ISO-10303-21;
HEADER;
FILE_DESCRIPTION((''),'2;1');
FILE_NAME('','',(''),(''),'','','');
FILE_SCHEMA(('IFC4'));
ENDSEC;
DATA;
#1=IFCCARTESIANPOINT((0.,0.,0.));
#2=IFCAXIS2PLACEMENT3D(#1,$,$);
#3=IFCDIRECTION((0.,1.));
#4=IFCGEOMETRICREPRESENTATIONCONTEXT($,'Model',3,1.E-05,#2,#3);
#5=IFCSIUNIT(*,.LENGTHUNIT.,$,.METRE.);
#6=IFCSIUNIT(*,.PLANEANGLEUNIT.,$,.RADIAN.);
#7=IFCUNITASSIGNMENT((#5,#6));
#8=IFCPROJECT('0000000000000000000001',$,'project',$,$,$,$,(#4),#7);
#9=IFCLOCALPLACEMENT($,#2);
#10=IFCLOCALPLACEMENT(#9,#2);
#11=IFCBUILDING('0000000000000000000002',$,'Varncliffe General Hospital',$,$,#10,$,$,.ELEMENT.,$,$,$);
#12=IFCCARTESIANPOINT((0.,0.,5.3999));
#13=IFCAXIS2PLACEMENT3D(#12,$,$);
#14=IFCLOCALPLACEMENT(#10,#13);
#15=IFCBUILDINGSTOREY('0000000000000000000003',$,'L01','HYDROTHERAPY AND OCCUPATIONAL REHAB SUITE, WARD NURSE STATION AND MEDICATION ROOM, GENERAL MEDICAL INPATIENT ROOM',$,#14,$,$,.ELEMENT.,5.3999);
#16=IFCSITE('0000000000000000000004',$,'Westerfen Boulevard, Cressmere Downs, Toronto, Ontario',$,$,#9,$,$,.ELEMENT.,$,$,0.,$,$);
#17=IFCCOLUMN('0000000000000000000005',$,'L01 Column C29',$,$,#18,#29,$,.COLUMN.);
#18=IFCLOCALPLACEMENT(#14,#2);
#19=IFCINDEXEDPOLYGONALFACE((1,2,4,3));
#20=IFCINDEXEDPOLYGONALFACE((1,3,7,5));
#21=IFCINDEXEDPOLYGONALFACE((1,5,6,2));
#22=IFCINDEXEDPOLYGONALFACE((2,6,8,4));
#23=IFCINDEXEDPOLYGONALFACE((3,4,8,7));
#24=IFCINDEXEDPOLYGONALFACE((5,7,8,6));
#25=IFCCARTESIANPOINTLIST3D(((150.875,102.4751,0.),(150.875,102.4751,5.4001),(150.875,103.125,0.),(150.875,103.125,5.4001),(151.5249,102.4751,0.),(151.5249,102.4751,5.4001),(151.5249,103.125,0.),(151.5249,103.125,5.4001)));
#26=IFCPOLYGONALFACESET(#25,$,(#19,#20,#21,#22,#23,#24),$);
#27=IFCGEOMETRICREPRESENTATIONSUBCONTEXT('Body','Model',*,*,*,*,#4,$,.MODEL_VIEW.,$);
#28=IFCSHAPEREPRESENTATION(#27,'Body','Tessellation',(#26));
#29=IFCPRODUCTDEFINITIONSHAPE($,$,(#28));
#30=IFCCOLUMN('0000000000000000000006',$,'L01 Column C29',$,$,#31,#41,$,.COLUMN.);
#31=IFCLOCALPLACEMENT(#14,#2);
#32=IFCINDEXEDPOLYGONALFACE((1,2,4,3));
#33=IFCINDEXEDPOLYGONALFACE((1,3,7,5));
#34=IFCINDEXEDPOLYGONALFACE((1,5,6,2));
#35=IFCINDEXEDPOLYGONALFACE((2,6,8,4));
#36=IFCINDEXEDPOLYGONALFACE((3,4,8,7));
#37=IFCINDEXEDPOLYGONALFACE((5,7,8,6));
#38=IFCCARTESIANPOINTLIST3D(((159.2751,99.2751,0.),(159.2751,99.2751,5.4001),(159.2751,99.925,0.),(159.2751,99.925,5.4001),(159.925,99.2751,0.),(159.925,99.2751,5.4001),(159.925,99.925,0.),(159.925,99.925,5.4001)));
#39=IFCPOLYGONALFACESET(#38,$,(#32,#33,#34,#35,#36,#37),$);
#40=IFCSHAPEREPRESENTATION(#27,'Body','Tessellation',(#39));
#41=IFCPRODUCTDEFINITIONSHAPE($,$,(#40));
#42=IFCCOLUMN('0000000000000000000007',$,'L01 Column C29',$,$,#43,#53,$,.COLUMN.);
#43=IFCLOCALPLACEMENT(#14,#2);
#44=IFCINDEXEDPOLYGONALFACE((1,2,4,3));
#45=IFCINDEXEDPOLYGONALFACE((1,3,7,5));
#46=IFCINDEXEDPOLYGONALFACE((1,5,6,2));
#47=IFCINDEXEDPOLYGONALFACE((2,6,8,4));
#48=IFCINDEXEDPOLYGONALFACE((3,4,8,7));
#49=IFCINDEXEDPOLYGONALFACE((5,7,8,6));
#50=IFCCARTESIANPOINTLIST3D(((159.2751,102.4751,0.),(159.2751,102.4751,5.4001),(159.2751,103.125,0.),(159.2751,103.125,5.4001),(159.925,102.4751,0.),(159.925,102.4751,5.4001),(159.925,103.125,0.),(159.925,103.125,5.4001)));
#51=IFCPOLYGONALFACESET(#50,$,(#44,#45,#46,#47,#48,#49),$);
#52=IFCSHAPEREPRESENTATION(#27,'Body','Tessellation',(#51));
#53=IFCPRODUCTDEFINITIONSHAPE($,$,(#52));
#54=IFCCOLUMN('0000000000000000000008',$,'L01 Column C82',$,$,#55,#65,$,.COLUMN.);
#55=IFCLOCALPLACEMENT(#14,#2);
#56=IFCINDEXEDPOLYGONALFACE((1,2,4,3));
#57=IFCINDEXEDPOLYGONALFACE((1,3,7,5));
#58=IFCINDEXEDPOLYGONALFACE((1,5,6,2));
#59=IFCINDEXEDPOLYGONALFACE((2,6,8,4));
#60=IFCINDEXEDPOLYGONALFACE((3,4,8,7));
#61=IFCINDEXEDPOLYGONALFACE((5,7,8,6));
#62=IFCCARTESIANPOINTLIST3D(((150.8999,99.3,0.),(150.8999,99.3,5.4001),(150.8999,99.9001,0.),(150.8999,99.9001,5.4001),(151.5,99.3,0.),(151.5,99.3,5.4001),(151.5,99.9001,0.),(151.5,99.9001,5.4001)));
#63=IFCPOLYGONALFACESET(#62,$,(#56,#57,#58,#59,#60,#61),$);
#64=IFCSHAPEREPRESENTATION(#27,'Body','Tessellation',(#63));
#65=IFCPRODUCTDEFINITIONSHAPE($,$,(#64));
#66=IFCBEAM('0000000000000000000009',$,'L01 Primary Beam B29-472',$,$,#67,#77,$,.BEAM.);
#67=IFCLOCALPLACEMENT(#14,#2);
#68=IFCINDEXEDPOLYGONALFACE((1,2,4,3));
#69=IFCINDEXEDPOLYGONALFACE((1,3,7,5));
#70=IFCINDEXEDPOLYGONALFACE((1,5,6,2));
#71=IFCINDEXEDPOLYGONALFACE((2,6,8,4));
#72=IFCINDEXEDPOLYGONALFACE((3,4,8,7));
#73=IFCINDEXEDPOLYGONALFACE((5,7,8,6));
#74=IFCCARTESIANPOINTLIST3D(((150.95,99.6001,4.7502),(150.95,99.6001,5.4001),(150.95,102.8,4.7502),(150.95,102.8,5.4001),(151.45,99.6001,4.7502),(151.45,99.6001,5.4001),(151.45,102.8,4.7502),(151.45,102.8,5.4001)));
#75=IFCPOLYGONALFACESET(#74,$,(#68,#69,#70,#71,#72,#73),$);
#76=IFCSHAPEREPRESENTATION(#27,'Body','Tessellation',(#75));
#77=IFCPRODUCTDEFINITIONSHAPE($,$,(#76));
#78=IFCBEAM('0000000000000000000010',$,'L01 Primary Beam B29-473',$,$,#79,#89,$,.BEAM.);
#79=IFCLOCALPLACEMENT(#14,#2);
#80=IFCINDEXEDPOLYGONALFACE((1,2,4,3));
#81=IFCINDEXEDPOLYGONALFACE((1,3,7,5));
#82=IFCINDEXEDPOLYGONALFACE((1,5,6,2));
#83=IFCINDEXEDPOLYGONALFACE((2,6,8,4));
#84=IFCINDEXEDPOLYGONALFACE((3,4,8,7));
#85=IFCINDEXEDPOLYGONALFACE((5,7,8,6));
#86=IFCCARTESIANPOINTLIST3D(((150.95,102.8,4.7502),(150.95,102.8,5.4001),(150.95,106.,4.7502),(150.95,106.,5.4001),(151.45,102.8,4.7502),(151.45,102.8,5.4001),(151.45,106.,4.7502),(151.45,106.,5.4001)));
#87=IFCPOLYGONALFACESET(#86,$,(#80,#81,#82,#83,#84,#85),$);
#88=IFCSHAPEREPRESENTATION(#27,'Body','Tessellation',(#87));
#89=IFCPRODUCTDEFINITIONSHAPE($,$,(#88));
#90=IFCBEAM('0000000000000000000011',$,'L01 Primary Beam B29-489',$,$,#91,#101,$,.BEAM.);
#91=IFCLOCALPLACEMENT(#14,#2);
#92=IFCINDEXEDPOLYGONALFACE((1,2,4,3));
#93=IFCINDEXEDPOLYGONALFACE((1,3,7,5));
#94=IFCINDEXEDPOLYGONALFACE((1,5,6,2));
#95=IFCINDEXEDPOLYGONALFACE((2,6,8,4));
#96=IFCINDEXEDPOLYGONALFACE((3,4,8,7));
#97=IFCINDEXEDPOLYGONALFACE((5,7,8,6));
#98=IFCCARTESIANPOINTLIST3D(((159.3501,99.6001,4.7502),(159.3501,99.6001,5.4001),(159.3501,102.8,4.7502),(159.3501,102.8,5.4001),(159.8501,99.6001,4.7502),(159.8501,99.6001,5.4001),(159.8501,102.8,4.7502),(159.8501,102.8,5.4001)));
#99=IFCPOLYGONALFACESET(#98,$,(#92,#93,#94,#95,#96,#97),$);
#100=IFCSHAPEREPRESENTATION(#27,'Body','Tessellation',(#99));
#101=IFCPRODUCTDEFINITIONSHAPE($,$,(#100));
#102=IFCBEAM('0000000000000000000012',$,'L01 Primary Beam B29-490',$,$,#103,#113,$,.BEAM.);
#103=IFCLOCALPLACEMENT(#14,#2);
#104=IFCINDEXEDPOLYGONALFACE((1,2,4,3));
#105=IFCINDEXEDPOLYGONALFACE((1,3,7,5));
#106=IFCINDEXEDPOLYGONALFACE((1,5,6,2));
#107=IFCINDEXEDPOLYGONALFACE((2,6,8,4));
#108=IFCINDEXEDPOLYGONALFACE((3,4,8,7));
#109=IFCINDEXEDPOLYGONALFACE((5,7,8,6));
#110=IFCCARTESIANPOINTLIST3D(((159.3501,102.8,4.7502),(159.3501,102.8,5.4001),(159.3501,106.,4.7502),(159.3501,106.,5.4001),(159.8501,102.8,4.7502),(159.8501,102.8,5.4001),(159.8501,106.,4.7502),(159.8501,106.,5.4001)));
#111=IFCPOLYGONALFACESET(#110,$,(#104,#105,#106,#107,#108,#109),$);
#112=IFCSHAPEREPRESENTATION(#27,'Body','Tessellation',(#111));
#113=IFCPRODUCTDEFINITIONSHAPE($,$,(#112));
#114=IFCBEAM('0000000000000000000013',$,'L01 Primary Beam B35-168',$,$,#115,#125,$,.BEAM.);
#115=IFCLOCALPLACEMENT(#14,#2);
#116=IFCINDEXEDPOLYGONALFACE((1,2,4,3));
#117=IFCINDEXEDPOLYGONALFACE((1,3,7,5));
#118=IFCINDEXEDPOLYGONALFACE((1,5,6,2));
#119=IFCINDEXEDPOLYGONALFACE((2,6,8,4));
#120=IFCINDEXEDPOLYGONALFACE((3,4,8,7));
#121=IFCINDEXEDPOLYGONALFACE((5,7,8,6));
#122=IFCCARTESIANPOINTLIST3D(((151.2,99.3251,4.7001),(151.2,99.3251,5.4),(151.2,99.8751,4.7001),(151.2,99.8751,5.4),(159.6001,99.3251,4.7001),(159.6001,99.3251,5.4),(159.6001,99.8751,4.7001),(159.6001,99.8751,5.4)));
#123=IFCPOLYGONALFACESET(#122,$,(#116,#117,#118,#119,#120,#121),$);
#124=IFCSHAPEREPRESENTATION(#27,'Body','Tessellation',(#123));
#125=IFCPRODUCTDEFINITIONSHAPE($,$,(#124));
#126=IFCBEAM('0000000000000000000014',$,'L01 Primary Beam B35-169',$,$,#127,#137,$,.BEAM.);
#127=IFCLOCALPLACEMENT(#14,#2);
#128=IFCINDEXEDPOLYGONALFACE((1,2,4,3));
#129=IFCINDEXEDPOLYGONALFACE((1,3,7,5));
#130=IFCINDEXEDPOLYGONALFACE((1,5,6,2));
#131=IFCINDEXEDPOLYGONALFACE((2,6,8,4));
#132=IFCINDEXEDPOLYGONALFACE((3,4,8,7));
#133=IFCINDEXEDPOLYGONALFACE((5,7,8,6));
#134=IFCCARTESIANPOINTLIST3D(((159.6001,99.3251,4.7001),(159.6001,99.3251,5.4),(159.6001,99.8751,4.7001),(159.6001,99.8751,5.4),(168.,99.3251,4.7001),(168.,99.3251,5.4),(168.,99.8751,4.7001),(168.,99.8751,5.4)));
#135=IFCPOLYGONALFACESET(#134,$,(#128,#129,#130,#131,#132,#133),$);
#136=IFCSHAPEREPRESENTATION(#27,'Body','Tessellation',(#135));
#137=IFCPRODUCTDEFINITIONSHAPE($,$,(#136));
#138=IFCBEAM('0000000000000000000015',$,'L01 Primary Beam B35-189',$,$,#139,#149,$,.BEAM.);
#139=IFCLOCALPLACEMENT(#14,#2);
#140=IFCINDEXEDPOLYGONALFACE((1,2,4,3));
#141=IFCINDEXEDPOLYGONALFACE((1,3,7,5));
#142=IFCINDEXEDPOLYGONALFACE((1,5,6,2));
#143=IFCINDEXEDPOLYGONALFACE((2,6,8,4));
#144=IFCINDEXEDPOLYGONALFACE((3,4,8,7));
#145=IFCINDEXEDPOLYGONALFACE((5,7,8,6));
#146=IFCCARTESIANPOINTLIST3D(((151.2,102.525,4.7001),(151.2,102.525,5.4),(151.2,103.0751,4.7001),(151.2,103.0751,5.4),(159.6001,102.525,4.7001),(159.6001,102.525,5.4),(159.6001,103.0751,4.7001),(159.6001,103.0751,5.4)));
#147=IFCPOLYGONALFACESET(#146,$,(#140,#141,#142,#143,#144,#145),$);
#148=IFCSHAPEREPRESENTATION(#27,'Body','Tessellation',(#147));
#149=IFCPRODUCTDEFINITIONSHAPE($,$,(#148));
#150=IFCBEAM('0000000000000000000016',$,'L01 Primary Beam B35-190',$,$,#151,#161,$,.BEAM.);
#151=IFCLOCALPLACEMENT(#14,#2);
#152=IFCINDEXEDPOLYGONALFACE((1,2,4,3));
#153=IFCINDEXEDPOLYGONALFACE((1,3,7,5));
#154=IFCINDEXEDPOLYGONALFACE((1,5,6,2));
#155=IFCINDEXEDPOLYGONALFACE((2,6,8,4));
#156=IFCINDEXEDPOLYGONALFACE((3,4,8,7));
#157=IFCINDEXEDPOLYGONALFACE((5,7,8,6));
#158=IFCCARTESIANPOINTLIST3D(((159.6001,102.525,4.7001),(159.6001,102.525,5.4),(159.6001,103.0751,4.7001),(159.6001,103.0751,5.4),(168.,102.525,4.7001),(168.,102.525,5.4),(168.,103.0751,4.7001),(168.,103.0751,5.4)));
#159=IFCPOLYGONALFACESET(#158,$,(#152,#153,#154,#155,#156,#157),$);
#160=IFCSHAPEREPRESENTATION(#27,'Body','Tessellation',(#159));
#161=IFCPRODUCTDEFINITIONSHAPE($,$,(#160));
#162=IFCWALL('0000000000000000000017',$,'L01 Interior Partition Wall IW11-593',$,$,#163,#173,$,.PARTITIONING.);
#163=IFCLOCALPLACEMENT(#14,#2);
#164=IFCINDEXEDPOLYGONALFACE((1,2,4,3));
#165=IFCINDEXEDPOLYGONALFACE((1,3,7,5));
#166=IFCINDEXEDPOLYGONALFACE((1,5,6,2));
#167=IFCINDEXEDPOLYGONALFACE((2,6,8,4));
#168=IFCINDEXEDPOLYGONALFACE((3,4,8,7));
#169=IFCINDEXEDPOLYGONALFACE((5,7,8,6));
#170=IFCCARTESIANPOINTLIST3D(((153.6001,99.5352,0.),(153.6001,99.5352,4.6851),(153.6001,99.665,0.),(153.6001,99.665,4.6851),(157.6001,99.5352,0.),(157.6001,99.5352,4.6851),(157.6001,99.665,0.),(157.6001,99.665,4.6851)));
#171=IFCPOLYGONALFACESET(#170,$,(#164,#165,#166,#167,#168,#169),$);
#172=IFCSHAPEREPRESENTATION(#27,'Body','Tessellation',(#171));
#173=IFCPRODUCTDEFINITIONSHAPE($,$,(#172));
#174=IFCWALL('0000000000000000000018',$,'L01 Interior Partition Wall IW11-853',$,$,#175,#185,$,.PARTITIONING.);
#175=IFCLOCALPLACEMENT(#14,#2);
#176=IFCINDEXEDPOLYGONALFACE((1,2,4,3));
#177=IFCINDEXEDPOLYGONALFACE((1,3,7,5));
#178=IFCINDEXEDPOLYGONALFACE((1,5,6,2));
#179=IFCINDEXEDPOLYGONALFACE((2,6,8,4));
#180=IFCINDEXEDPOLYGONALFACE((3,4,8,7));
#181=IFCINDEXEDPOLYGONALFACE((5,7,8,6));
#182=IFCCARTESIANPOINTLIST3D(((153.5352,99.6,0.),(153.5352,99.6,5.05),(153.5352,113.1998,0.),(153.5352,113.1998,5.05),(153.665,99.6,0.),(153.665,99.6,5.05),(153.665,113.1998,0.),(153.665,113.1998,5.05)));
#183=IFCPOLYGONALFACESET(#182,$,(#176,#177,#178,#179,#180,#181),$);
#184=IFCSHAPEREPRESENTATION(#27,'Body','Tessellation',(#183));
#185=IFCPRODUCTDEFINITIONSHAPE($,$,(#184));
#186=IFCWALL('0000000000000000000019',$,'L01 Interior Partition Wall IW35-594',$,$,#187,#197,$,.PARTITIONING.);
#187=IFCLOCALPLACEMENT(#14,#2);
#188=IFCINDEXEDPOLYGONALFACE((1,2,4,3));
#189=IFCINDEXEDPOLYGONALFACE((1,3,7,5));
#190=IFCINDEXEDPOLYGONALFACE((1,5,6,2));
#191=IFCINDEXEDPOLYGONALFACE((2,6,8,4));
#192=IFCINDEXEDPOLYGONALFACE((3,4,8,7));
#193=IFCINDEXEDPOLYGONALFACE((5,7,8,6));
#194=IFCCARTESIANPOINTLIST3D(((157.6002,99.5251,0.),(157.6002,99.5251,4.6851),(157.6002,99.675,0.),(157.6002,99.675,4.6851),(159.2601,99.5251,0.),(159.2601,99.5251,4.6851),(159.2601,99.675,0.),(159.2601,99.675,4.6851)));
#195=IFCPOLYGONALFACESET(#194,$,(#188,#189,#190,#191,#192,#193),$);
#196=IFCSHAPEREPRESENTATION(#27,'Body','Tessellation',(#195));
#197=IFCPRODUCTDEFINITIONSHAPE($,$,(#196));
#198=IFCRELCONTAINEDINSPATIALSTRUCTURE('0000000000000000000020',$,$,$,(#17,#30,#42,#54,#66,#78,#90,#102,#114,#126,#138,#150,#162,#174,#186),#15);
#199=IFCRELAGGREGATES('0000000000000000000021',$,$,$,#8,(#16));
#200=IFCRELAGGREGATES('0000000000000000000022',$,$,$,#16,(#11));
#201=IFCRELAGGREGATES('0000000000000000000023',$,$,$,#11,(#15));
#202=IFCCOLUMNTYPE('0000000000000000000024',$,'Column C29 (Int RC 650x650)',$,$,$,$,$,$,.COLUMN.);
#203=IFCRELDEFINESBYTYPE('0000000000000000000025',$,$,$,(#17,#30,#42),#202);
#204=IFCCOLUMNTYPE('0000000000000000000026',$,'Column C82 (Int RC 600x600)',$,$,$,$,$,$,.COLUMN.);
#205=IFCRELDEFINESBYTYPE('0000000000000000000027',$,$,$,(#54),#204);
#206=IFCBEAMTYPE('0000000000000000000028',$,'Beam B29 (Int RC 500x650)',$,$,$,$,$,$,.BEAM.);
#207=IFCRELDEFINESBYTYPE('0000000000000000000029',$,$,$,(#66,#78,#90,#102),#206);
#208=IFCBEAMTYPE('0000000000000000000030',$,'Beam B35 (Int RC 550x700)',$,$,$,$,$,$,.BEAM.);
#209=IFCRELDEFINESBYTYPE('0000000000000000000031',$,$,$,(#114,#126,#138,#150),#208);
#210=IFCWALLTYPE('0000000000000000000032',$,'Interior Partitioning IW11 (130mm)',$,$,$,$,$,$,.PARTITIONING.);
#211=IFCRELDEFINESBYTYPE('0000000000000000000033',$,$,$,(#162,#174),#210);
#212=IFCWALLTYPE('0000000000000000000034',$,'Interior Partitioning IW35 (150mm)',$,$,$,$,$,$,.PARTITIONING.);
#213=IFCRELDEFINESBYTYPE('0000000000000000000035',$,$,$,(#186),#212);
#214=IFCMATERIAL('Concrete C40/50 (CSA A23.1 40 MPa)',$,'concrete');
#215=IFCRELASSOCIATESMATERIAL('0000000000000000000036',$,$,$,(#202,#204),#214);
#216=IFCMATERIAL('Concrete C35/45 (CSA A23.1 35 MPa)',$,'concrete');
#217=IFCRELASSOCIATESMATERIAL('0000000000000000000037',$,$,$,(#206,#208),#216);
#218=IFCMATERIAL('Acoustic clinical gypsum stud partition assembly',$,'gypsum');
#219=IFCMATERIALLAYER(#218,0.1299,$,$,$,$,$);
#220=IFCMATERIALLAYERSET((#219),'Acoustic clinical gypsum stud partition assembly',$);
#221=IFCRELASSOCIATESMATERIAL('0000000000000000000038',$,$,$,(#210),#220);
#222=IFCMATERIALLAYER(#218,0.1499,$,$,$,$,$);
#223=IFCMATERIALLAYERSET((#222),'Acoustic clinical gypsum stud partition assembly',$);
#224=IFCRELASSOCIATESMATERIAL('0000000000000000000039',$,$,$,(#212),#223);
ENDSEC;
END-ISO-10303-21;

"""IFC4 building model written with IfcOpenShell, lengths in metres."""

from ifc_helpers import new_model, si_unit, direction, frame, frame_2d, origin, origin_2d, place, context, subcontext, project, spatial, rectangle, extrude, material, layer, layer_set, material_profile, profile_set, type_object, element, save


model = new_model("IFC4")

# Units and contexts
model_context = context("Model", 3, precision=1e-05, world=origin(), true_north=direction((0.0, 1.0)))
body_context = subcontext(model_context, "Body", "Model", "MODEL_VIEW")
ifc_project = project(units=[si_unit("LENGTHUNIT", "METRE"), si_unit("PLANEANGLEUNIT", "RADIAN")], contexts=[model_context])

# Site, building, storey
site_placement = place(None, origin())
site = spatial("IfcSite", under=ifc_project, at=site_placement, Name="Westerfen Boulevard, Cressmere Downs, Toronto, Ontario", CompositionType="ELEMENT", RefElevation=0.0)
building_placement = place(site_placement, origin())
building = spatial("IfcBuilding", under=site, at=building_placement, Name="Varncliffe General Hospital", CompositionType="ELEMENT")
storey_placement = place(building_placement, frame((0.0, 0.0, 5.3999)))
storey = spatial("IfcBuildingStorey", under=building, at=storey_placement, Name="L01", Description="HYDROTHERAPY AND OCCUPATIONAL REHAB SUITE, WARD NURSE STATION AND MEDICATION ROOM, GENERAL MEDICAL INPATIENT ROOM", CompositionType="ELEMENT", Elevation=5.3999)

# Columns
ifc_material_1 = material(Name="Concrete C40/50 (CSA A23.1 40 MPa)", Category="concrete")
ifc_material_profile_1 = material_profile(ifc_material_1, rectangle(XDim=0.6499, YDim=0.6499, at=origin_2d()), Name="RC 650x650")
ifc_profile_set_1 = profile_set([ifc_material_profile_1], Name="Concrete C40/50 (CSA A23.1 40 MPa)")
column_type_1 = type_object("IfcColumnType", Name="Column C29 (Int RC 650x650)", PredefinedType="COLUMN", material=ifc_profile_set_1)
for number, where, z_axis, x_axis, name in (
    (1, (151.2, 102.8, 0.0), (0.0, 0.0, 1.0), (1.0, 0.0, 0.0), "L01 Column C29"),
    (2, (159.6001, 99.6001, 0.0), (0.0, 0.0, 1.0), (1.0, 0.0, 0.0), "L01 Column C29"),
    (3, (159.6001, 102.8, 0.0), (0.0, 0.0, 1.0), (1.0, 0.0, 0.0), "L01 Column C29"),
):
    element("IfcColumn", number, at=place(storey_placement, frame(where, z_axis=z_axis, x_axis=x_axis)), inside=storey, type_object=column_type_1, Name=name, PredefinedType="COLUMN", context=body_context, shape_type="SweptSolid", body=[
        extrude(rectangle(XDim=0.6499, YDim=0.6499, at=origin_2d()), origin(), (0.0, 0.0, 1.0), 5.4001),
    ])
ifc_material_profile_2 = material_profile(ifc_material_1, rectangle(XDim=0.6001, YDim=0.6001, at=origin_2d()), Name="RC 600x600")
ifc_profile_set_2 = profile_set([ifc_material_profile_2], Name="Concrete C40/50 (CSA A23.1 40 MPa)")
column_type_2 = type_object("IfcColumnType", Name="Column C82 (Int RC 600x600)", PredefinedType="COLUMN", material=ifc_profile_set_2)
column_placement = place(storey_placement, frame((151.2, 99.6001, 0.0), z_axis=(0.0, 0.0, 1.0), x_axis=(1.0, 0.0, 0.0)))
element("IfcColumn", 4, at=column_placement, inside=storey, type_object=column_type_2, Name="L01 Column C82", PredefinedType="COLUMN", context=body_context, shape_type="SweptSolid", body=[
    extrude(rectangle(XDim=0.6001, YDim=0.6001, at=origin_2d()), origin(), (0.0, 0.0, 1.0), 5.4001),
])

# Beams
ifc_material_2 = material(Name="Concrete C35/45 (CSA A23.1 35 MPa)", Category="concrete")
ifc_material_profile_3 = material_profile(ifc_material_2, rectangle(XDim=0.5, YDim=0.6499, at=origin_2d()), Name="RC 500x650")
ifc_profile_set_3 = profile_set([ifc_material_profile_3], Name="Concrete C35/45 (CSA A23.1 35 MPa)")
beam_type_1 = type_object("IfcBeamType", Name="Beam B29 (Int RC 500x650)", PredefinedType="BEAM", material=ifc_profile_set_3)
for number, where, z_axis, x_axis, name in (
    (5, (151.2, 99.6001, 5.0752), (0.0, 1.0, 0.0), (-1.0, 0.0, 0.0), "L01 Primary Beam B29-472"),
    (6, (151.2, 102.8, 5.0752), (0.0, 1.0, 0.0), (-1.0, 0.0, 0.0), "L01 Primary Beam B29-473"),
    (7, (159.6001, 99.6001, 5.0752), (0.0, 1.0, 0.0), (-1.0, 0.0, 0.0), "L01 Primary Beam B29-489"),
    (8, (159.6001, 102.8, 5.0752), (0.0, 1.0, 0.0), (-1.0, 0.0, 0.0), "L01 Primary Beam B29-490"),
):
    element("IfcBeam", number, at=place(storey_placement, frame(where, z_axis=z_axis, x_axis=x_axis)), inside=storey, type_object=beam_type_1, Name=name, PredefinedType="BEAM", context=body_context, shape_type="SweptSolid", body=[
        extrude(rectangle(XDim=0.5, YDim=0.6499, at=origin_2d()), origin(), (0.0, 0.0, 1.0), 3.2),
    ])
ifc_material_profile_4 = material_profile(ifc_material_2, rectangle(XDim=0.55, YDim=0.7, at=origin_2d()), Name="RC 550x700")
ifc_profile_set_4 = profile_set([ifc_material_profile_4], Name="Concrete C35/45 (CSA A23.1 35 MPa)")
beam_type_2 = type_object("IfcBeamType", Name="Beam B35 (Int RC 550x700)", PredefinedType="BEAM", material=ifc_profile_set_4)
beam_1_placement = place(storey_placement, frame((151.2, 99.6001, 5.05), z_axis=(1.0, 0.0, 0.0), x_axis=(0.0, 1.0, 0.0)))
element("IfcBeam", 9, at=beam_1_placement, inside=storey, type_object=beam_type_2, Name="L01 Primary Beam B35-168", PredefinedType="BEAM", context=body_context, shape_type="SweptSolid", body=[
    extrude(rectangle(XDim=0.55, YDim=0.7, at=origin_2d()), origin(), (0.0, 0.0, 1.0), 8.4001),
])
beam_2_placement = place(storey_placement, frame((159.6001, 99.6001, 5.05), z_axis=(1.0, 0.0, 0.0), x_axis=(0.0, 1.0, 0.0)))
element("IfcBeam", 10, at=beam_2_placement, inside=storey, type_object=beam_type_2, Name="L01 Primary Beam B35-169", PredefinedType="BEAM", context=body_context, shape_type="SweptSolid", body=[
    extrude(rectangle(XDim=0.55, YDim=0.7, at=origin_2d()), origin(), (0.0, 0.0, 1.0), 8.3999),
])
beam_3_placement = place(storey_placement, frame((151.2, 102.8, 5.05), z_axis=(1.0, 0.0, 0.0), x_axis=(0.0, 1.0, 0.0)))
element("IfcBeam", 11, at=beam_3_placement, inside=storey, type_object=beam_type_2, Name="L01 Primary Beam B35-189", PredefinedType="BEAM", context=body_context, shape_type="SweptSolid", body=[
    extrude(rectangle(XDim=0.55, YDim=0.7, at=origin_2d()), origin(), (0.0, 0.0, 1.0), 8.4001),
])
beam_4_placement = place(storey_placement, frame((159.6001, 102.8, 5.05), z_axis=(1.0, 0.0, 0.0), x_axis=(0.0, 1.0, 0.0)))
element("IfcBeam", 12, at=beam_4_placement, inside=storey, type_object=beam_type_2, Name="L01 Primary Beam B35-190", PredefinedType="BEAM", context=body_context, shape_type="SweptSolid", body=[
    extrude(rectangle(XDim=0.55, YDim=0.7, at=origin_2d()), origin(), (0.0, 0.0, 1.0), 8.3999),
])

# Walls
ifc_material_3 = material(Name="Acoustic clinical gypsum stud partition assembly", Category="gypsum")
ifc_layer_1 = layer(ifc_material_3, 0.1299)
ifc_layer_set_1 = layer_set([ifc_layer_1], Name="Acoustic clinical gypsum stud partition assembly")
wall_type_1 = type_object("IfcWallType", Name="Interior Partitioning IW11 (130mm)", PredefinedType="PARTITIONING", material=ifc_layer_set_1)
wall_1_placement = place(storey_placement, frame((153.6001, 99.6001, 0.0), z_axis=(0.0, 0.0, 1.0), x_axis=(1.0, 0.0, 0.0)))
element("IfcWall", 13, at=wall_1_placement, inside=storey, type_object=wall_type_1, Name="L01 Interior Partition Wall IW11-593", PredefinedType="PARTITIONING", context=body_context, shape_type="SweptSolid", body=[
    extrude(rectangle(XDim=4.0, YDim=0.1299, at=frame_2d((2.0, 0.0))), origin(), (0.0, 0.0, 1.0), 4.6851),
])
wall_2_placement = place(storey_placement, frame((153.6001, 99.6001, 0.0), z_axis=(0.0, 0.0, 1.0), x_axis=(0.0, 1.0, 0.0)))
element("IfcWall", 14, at=wall_2_placement, inside=storey, type_object=wall_type_1, Name="L01 Interior Partition Wall IW11-853", PredefinedType="PARTITIONING", context=body_context, shape_type="SweptSolid", body=[
    extrude(rectangle(XDim=13.5999, YDim=0.1299, at=frame_2d((6.7998, 0.0))), origin(), (0.0, 0.0, 1.0), 5.05),
])
ifc_layer_2 = layer(ifc_material_3, 0.1499)
ifc_layer_set_2 = layer_set([ifc_layer_2], Name="Acoustic clinical gypsum stud partition assembly")
wall_type_2 = type_object("IfcWallType", Name="Interior Partitioning IW35 (150mm)", PredefinedType="PARTITIONING", material=ifc_layer_set_2)
wall_3_placement = place(storey_placement, frame((157.6001, 99.6001, 0.0), z_axis=(0.0, 0.0, 1.0), x_axis=(1.0, 0.0, 0.0)))
element("IfcWall", 15, at=wall_3_placement, inside=storey, type_object=wall_type_2, Name="L01 Interior Partition Wall IW35-594", PredefinedType="PARTITIONING", context=body_context, shape_type="SweptSolid", body=[
    extrude(rectangle(XDim=1.6599, YDim=0.1499, at=frame_2d((0.8301, 0.0))), origin(), (0.0, 0.0, 1.0), 4.6851),
])

save(model, "model.ifc")
